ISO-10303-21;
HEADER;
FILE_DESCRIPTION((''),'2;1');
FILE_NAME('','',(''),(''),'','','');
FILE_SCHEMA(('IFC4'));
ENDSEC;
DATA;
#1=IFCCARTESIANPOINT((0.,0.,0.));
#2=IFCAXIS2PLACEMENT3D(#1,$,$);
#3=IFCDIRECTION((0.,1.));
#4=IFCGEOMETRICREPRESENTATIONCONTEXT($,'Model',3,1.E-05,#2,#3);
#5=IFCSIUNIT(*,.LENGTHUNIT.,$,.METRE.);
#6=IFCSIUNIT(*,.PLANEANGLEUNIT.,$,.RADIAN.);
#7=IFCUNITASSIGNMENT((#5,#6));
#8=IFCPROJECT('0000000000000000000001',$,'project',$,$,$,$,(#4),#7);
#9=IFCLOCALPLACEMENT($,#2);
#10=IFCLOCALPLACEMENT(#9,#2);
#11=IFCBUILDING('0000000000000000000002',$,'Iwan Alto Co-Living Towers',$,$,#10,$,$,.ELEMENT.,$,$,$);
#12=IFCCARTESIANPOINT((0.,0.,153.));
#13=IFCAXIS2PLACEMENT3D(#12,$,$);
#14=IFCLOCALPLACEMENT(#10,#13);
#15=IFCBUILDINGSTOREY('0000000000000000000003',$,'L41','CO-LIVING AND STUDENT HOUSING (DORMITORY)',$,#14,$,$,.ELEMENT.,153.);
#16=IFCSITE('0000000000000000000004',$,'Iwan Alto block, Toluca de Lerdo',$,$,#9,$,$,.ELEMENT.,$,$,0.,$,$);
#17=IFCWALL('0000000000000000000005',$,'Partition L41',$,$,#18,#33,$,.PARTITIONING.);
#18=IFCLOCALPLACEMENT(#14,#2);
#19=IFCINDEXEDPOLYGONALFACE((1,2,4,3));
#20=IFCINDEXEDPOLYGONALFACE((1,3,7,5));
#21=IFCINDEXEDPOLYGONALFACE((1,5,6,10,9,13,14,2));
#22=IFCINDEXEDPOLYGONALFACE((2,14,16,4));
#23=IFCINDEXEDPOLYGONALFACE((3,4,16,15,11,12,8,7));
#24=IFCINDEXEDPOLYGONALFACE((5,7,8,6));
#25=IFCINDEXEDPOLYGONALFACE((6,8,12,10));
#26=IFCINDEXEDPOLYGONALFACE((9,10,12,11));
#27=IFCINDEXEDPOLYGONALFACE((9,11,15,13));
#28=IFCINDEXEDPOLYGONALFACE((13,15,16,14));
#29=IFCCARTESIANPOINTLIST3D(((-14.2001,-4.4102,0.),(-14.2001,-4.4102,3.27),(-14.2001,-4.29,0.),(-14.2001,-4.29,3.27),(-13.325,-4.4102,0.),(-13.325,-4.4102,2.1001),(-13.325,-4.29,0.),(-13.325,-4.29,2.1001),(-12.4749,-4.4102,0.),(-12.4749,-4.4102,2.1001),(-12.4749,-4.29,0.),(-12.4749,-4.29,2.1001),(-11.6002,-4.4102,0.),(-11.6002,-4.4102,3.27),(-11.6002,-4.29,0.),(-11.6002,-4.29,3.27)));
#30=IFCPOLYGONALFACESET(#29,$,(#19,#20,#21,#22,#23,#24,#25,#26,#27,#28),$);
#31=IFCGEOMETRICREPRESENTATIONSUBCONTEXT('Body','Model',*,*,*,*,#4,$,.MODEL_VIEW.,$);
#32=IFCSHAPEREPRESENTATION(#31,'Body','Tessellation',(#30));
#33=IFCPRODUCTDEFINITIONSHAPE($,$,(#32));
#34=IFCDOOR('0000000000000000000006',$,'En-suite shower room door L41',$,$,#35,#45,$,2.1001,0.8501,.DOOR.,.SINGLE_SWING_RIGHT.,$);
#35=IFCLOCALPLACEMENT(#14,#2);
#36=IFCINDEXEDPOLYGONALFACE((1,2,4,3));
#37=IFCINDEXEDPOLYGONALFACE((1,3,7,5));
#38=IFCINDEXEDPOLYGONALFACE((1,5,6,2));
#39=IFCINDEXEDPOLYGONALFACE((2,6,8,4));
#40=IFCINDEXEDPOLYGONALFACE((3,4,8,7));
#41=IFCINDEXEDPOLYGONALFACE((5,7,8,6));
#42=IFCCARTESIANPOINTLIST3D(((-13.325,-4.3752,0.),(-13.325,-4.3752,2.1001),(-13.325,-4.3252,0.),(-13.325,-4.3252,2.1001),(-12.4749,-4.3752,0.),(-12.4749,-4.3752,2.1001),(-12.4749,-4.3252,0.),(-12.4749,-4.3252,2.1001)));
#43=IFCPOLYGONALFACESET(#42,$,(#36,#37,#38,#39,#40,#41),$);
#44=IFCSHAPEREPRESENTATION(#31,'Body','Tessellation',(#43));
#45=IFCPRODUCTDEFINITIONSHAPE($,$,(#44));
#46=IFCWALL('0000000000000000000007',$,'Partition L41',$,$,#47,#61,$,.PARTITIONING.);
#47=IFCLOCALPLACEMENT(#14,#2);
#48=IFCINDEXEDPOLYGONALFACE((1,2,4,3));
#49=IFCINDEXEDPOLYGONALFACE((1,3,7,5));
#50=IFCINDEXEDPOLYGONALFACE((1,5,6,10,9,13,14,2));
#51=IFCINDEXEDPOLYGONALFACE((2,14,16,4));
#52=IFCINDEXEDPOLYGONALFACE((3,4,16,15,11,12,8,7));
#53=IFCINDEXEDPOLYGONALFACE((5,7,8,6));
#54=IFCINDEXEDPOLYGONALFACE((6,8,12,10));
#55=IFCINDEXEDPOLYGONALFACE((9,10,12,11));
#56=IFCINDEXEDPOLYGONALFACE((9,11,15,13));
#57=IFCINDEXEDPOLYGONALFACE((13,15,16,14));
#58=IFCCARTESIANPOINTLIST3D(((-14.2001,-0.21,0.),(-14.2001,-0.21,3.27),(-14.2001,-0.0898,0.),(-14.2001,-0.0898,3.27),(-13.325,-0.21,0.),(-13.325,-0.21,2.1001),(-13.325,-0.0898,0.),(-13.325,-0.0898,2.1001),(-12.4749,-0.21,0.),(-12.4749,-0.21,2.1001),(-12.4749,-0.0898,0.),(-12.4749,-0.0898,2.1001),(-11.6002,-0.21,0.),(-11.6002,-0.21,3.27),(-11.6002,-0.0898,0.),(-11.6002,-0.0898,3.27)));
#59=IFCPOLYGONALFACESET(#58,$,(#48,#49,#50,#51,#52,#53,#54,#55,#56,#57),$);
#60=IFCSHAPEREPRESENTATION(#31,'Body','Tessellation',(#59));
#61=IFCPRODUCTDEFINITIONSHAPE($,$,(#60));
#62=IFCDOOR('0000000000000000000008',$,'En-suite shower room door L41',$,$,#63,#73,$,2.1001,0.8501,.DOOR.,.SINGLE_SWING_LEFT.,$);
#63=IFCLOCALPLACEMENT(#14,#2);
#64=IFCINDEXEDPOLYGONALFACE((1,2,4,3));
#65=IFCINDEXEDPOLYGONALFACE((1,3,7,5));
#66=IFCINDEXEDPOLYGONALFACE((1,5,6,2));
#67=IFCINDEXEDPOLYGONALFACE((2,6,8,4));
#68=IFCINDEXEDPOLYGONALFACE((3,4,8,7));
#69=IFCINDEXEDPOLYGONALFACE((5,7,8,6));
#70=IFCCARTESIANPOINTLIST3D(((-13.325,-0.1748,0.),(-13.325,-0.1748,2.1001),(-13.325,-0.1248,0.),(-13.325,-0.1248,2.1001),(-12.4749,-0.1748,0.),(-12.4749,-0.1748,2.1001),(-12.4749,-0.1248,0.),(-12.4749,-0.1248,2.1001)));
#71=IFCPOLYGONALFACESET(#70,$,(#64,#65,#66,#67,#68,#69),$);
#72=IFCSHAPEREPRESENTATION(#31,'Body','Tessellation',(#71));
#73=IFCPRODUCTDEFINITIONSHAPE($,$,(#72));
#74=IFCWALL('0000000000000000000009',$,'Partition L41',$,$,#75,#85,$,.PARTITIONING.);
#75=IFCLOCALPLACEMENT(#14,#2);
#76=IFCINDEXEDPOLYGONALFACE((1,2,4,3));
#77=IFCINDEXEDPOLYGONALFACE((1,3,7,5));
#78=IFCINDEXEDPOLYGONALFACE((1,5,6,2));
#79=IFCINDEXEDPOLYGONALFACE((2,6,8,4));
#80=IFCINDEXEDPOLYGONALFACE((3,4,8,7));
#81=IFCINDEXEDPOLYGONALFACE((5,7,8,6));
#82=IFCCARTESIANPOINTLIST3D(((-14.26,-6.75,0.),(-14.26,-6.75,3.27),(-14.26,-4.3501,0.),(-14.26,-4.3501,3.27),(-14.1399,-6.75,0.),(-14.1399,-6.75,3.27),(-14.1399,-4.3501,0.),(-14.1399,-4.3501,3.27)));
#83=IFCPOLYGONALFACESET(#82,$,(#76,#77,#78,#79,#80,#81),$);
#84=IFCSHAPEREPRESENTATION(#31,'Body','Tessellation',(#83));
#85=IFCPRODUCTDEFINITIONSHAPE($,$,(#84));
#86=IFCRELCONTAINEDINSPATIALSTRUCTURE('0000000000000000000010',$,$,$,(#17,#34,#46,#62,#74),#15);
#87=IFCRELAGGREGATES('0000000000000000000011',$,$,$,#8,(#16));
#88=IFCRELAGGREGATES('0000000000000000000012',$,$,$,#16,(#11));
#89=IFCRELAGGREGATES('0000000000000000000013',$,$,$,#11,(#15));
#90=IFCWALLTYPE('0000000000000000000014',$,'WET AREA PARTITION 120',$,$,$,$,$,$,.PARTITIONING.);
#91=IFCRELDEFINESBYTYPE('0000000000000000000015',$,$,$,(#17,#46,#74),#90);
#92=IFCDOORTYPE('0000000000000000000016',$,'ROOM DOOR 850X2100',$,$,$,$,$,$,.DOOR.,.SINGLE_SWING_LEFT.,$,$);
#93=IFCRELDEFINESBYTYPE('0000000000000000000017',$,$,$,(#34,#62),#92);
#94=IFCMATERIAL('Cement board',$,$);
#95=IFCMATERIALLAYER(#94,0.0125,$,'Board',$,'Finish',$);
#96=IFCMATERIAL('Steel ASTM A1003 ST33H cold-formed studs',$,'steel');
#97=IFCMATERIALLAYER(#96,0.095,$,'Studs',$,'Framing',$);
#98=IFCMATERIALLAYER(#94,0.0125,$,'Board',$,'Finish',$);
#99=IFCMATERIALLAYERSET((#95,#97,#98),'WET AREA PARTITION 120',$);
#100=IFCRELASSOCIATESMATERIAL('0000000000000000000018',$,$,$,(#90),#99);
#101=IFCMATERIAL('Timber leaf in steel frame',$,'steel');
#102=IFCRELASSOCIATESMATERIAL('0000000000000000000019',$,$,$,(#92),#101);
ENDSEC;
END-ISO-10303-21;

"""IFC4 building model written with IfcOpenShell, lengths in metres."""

from ifc_helpers import new_model, si_unit, direction, frame, frame_2d, origin, place, context, subcontext, project, spatial, rectangle, extrude, material, layer, layer_set, type_object, element, fill, save


model = new_model("IFC4")

# Units and contexts
model_context = context("Model", 3, precision=1e-05, world=origin(), true_north=direction((0.0, 1.0)))
body_context = subcontext(model_context, "Body", "Model", "MODEL_VIEW")
ifc_project = project(units=[si_unit("LENGTHUNIT", "METRE"), si_unit("PLANEANGLEUNIT", "RADIAN")], contexts=[model_context])

# Site, building, storey
site_placement = place(None, origin())
site = spatial("IfcSite", under=ifc_project, at=site_placement, Name="Iwan Alto block, Toluca de Lerdo", CompositionType="ELEMENT", RefElevation=0.0)
building_placement = place(site_placement, origin())
building = spatial("IfcBuilding", under=site, at=building_placement, Name="Iwan Alto Co-Living Towers", CompositionType="ELEMENT")
storey_placement = place(building_placement, frame((0.0, 0.0, 153.0)))
storey = spatial("IfcBuildingStorey", under=building, at=storey_placement, Name="L41", Description="CO-LIVING AND STUDENT HOUSING (DORMITORY)", CompositionType="ELEMENT", Elevation=153.0)

# Shared definitions
ifc_material_1 = material(Name="Steel ASTM A1003 ST33H cold-formed studs", Category="steel")

# Walls, openings, doors
ifc_material_2 = material(Name="Cement board")
ifc_layer_1 = layer(ifc_material_2, 0.0125, Name="Board", Category="Finish")
ifc_layer_2 = layer(ifc_material_1, 0.095, Name="Studs", Category="Framing")
ifc_layer_3 = layer(ifc_material_2, 0.0125, Name="Board", Category="Finish")
ifc_layer_set_1 = layer_set([ifc_layer_1, ifc_layer_2, ifc_layer_3], Name="WET AREA PARTITION 120")
wall_type_1 = type_object("IfcWallType", Name="WET AREA PARTITION 120", PredefinedType="PARTITIONING", material=ifc_layer_set_1)
wall_1_placement = place(storey_placement, frame((-14.2, -4.3501, 0.0), z_axis=(0.0, 0.0, 1.0), x_axis=(1.0, 0.0, 0.0)))
wall_1 = element("IfcWall", 1, at=wall_1_placement, inside=storey, type_object=wall_type_1, Name="Partition L41", PredefinedType="PARTITIONING", context=body_context, shape_type="SweptSolid", body=[
    extrude(rectangle(XDim=2.5999, YDim=0.1201, at=frame_2d((1.2998, 0.0))), origin(), (0.0, 0.0, 1.0), 3.27),
])
opening_1_placement = place(wall_1_placement, frame((0.875, 0.0, 0.0)))
opening_1 = element("IfcOpeningElement", 2, at=opening_1_placement, cuts=wall_1, PredefinedType="OPENING", context=body_context, shape_type="SweptSolid", body=[
    extrude(rectangle(XDim=0.8501, YDim=2.1001, at=frame_2d((0.425, 1.05))), frame((0.0, 0.0701, 0.0), z_axis=(0.0, -1.0, 0.0), x_axis=(1.0, 0.0, 0.0)), (0.0, 0.0, 1.0), 0.1401),
])
ifc_material_3 = material(Name="Timber leaf in steel frame", Category="steel")
door_type_1 = type_object("IfcDoorType", Name="ROOM DOOR 850X2100", OperationType="SINGLE_SWING_LEFT", PredefinedType="DOOR", material=ifc_material_3)
door_1_placement = place(opening_1_placement, origin())
door_1 = element("IfcDoor", 3, at=door_1_placement, inside=storey, type_object=door_type_1, Name="En-suite shower room door L41", OperationType="SINGLE_SWING_RIGHT", OverallHeight=2.1001, OverallWidth=0.8501, PredefinedType="DOOR", context=body_context, shape_type="SweptSolid", body=[
    extrude(rectangle(XDim=0.8501, YDim=2.1001, at=frame_2d((0.425, 1.05))), frame((0.0, 0.0249, 0.0), z_axis=(0.0, -1.0, 0.0), x_axis=(1.0, 0.0, 0.0)), (0.0, 0.0, 1.0), 0.05),
])
fill(opening_1, door_1)
wall_2_placement = place(storey_placement, frame((-14.2, -0.1499, 0.0), z_axis=(0.0, 0.0, 1.0), x_axis=(1.0, 0.0, 0.0)))
wall_2 = element("IfcWall", 4, at=wall_2_placement, inside=storey, type_object=wall_type_1, Name="Partition L41", PredefinedType="PARTITIONING", context=body_context, shape_type="SweptSolid", body=[
    extrude(rectangle(XDim=2.5999, YDim=0.1201, at=frame_2d((1.2998, 0.0))), origin(), (0.0, 0.0, 1.0), 3.27),
])
opening_2_placement = place(wall_2_placement, frame((0.875, 0.0, 0.0)))
opening_2 = element("IfcOpeningElement", 5, at=opening_2_placement, cuts=wall_2, PredefinedType="OPENING", context=body_context, shape_type="SweptSolid", body=[
    extrude(rectangle(XDim=0.8501, YDim=2.1001, at=frame_2d((0.425, 1.05))), frame((0.0, 0.0701, 0.0), z_axis=(0.0, -1.0, 0.0), x_axis=(1.0, 0.0, 0.0)), (0.0, 0.0, 1.0), 0.1401),
])
door_2_placement = place(opening_2_placement, frame((0.8501, 0.0, 0.0), z_axis=(0.0, 0.0, 1.0), x_axis=(-1.0, 0.0, 0.0)))
door_2 = element("IfcDoor", 6, at=door_2_placement, inside=storey, type_object=door_type_1, Name="En-suite shower room door L41", OperationType="SINGLE_SWING_LEFT", OverallHeight=2.1001, OverallWidth=0.8501, PredefinedType="DOOR", context=body_context, shape_type="SweptSolid", body=[
    extrude(rectangle(XDim=0.8501, YDim=2.1001, at=frame_2d((0.425, 1.05))), frame((0.0, 0.0249, 0.0), z_axis=(0.0, -1.0, 0.0), x_axis=(1.0, 0.0, 0.0)), (0.0, 0.0, 1.0), 0.05),
])
fill(opening_2, door_2)

# Wall
wall_3_placement = place(storey_placement, frame((-14.2, -6.75, 0.0), z_axis=(0.0, 0.0, 1.0), x_axis=(0.0, 1.0, 0.0)))
element("IfcWall", 7, at=wall_3_placement, inside=storey, type_object=wall_type_1, Name="Partition L41", PredefinedType="PARTITIONING", context=body_context, shape_type="SweptSolid", body=[
    extrude(rectangle(XDim=2.3999, YDim=0.1201, at=frame_2d((1.2, 0.0))), origin(), (0.0, 0.0, 1.0), 3.27),
])

save(model, "model.ifc")
